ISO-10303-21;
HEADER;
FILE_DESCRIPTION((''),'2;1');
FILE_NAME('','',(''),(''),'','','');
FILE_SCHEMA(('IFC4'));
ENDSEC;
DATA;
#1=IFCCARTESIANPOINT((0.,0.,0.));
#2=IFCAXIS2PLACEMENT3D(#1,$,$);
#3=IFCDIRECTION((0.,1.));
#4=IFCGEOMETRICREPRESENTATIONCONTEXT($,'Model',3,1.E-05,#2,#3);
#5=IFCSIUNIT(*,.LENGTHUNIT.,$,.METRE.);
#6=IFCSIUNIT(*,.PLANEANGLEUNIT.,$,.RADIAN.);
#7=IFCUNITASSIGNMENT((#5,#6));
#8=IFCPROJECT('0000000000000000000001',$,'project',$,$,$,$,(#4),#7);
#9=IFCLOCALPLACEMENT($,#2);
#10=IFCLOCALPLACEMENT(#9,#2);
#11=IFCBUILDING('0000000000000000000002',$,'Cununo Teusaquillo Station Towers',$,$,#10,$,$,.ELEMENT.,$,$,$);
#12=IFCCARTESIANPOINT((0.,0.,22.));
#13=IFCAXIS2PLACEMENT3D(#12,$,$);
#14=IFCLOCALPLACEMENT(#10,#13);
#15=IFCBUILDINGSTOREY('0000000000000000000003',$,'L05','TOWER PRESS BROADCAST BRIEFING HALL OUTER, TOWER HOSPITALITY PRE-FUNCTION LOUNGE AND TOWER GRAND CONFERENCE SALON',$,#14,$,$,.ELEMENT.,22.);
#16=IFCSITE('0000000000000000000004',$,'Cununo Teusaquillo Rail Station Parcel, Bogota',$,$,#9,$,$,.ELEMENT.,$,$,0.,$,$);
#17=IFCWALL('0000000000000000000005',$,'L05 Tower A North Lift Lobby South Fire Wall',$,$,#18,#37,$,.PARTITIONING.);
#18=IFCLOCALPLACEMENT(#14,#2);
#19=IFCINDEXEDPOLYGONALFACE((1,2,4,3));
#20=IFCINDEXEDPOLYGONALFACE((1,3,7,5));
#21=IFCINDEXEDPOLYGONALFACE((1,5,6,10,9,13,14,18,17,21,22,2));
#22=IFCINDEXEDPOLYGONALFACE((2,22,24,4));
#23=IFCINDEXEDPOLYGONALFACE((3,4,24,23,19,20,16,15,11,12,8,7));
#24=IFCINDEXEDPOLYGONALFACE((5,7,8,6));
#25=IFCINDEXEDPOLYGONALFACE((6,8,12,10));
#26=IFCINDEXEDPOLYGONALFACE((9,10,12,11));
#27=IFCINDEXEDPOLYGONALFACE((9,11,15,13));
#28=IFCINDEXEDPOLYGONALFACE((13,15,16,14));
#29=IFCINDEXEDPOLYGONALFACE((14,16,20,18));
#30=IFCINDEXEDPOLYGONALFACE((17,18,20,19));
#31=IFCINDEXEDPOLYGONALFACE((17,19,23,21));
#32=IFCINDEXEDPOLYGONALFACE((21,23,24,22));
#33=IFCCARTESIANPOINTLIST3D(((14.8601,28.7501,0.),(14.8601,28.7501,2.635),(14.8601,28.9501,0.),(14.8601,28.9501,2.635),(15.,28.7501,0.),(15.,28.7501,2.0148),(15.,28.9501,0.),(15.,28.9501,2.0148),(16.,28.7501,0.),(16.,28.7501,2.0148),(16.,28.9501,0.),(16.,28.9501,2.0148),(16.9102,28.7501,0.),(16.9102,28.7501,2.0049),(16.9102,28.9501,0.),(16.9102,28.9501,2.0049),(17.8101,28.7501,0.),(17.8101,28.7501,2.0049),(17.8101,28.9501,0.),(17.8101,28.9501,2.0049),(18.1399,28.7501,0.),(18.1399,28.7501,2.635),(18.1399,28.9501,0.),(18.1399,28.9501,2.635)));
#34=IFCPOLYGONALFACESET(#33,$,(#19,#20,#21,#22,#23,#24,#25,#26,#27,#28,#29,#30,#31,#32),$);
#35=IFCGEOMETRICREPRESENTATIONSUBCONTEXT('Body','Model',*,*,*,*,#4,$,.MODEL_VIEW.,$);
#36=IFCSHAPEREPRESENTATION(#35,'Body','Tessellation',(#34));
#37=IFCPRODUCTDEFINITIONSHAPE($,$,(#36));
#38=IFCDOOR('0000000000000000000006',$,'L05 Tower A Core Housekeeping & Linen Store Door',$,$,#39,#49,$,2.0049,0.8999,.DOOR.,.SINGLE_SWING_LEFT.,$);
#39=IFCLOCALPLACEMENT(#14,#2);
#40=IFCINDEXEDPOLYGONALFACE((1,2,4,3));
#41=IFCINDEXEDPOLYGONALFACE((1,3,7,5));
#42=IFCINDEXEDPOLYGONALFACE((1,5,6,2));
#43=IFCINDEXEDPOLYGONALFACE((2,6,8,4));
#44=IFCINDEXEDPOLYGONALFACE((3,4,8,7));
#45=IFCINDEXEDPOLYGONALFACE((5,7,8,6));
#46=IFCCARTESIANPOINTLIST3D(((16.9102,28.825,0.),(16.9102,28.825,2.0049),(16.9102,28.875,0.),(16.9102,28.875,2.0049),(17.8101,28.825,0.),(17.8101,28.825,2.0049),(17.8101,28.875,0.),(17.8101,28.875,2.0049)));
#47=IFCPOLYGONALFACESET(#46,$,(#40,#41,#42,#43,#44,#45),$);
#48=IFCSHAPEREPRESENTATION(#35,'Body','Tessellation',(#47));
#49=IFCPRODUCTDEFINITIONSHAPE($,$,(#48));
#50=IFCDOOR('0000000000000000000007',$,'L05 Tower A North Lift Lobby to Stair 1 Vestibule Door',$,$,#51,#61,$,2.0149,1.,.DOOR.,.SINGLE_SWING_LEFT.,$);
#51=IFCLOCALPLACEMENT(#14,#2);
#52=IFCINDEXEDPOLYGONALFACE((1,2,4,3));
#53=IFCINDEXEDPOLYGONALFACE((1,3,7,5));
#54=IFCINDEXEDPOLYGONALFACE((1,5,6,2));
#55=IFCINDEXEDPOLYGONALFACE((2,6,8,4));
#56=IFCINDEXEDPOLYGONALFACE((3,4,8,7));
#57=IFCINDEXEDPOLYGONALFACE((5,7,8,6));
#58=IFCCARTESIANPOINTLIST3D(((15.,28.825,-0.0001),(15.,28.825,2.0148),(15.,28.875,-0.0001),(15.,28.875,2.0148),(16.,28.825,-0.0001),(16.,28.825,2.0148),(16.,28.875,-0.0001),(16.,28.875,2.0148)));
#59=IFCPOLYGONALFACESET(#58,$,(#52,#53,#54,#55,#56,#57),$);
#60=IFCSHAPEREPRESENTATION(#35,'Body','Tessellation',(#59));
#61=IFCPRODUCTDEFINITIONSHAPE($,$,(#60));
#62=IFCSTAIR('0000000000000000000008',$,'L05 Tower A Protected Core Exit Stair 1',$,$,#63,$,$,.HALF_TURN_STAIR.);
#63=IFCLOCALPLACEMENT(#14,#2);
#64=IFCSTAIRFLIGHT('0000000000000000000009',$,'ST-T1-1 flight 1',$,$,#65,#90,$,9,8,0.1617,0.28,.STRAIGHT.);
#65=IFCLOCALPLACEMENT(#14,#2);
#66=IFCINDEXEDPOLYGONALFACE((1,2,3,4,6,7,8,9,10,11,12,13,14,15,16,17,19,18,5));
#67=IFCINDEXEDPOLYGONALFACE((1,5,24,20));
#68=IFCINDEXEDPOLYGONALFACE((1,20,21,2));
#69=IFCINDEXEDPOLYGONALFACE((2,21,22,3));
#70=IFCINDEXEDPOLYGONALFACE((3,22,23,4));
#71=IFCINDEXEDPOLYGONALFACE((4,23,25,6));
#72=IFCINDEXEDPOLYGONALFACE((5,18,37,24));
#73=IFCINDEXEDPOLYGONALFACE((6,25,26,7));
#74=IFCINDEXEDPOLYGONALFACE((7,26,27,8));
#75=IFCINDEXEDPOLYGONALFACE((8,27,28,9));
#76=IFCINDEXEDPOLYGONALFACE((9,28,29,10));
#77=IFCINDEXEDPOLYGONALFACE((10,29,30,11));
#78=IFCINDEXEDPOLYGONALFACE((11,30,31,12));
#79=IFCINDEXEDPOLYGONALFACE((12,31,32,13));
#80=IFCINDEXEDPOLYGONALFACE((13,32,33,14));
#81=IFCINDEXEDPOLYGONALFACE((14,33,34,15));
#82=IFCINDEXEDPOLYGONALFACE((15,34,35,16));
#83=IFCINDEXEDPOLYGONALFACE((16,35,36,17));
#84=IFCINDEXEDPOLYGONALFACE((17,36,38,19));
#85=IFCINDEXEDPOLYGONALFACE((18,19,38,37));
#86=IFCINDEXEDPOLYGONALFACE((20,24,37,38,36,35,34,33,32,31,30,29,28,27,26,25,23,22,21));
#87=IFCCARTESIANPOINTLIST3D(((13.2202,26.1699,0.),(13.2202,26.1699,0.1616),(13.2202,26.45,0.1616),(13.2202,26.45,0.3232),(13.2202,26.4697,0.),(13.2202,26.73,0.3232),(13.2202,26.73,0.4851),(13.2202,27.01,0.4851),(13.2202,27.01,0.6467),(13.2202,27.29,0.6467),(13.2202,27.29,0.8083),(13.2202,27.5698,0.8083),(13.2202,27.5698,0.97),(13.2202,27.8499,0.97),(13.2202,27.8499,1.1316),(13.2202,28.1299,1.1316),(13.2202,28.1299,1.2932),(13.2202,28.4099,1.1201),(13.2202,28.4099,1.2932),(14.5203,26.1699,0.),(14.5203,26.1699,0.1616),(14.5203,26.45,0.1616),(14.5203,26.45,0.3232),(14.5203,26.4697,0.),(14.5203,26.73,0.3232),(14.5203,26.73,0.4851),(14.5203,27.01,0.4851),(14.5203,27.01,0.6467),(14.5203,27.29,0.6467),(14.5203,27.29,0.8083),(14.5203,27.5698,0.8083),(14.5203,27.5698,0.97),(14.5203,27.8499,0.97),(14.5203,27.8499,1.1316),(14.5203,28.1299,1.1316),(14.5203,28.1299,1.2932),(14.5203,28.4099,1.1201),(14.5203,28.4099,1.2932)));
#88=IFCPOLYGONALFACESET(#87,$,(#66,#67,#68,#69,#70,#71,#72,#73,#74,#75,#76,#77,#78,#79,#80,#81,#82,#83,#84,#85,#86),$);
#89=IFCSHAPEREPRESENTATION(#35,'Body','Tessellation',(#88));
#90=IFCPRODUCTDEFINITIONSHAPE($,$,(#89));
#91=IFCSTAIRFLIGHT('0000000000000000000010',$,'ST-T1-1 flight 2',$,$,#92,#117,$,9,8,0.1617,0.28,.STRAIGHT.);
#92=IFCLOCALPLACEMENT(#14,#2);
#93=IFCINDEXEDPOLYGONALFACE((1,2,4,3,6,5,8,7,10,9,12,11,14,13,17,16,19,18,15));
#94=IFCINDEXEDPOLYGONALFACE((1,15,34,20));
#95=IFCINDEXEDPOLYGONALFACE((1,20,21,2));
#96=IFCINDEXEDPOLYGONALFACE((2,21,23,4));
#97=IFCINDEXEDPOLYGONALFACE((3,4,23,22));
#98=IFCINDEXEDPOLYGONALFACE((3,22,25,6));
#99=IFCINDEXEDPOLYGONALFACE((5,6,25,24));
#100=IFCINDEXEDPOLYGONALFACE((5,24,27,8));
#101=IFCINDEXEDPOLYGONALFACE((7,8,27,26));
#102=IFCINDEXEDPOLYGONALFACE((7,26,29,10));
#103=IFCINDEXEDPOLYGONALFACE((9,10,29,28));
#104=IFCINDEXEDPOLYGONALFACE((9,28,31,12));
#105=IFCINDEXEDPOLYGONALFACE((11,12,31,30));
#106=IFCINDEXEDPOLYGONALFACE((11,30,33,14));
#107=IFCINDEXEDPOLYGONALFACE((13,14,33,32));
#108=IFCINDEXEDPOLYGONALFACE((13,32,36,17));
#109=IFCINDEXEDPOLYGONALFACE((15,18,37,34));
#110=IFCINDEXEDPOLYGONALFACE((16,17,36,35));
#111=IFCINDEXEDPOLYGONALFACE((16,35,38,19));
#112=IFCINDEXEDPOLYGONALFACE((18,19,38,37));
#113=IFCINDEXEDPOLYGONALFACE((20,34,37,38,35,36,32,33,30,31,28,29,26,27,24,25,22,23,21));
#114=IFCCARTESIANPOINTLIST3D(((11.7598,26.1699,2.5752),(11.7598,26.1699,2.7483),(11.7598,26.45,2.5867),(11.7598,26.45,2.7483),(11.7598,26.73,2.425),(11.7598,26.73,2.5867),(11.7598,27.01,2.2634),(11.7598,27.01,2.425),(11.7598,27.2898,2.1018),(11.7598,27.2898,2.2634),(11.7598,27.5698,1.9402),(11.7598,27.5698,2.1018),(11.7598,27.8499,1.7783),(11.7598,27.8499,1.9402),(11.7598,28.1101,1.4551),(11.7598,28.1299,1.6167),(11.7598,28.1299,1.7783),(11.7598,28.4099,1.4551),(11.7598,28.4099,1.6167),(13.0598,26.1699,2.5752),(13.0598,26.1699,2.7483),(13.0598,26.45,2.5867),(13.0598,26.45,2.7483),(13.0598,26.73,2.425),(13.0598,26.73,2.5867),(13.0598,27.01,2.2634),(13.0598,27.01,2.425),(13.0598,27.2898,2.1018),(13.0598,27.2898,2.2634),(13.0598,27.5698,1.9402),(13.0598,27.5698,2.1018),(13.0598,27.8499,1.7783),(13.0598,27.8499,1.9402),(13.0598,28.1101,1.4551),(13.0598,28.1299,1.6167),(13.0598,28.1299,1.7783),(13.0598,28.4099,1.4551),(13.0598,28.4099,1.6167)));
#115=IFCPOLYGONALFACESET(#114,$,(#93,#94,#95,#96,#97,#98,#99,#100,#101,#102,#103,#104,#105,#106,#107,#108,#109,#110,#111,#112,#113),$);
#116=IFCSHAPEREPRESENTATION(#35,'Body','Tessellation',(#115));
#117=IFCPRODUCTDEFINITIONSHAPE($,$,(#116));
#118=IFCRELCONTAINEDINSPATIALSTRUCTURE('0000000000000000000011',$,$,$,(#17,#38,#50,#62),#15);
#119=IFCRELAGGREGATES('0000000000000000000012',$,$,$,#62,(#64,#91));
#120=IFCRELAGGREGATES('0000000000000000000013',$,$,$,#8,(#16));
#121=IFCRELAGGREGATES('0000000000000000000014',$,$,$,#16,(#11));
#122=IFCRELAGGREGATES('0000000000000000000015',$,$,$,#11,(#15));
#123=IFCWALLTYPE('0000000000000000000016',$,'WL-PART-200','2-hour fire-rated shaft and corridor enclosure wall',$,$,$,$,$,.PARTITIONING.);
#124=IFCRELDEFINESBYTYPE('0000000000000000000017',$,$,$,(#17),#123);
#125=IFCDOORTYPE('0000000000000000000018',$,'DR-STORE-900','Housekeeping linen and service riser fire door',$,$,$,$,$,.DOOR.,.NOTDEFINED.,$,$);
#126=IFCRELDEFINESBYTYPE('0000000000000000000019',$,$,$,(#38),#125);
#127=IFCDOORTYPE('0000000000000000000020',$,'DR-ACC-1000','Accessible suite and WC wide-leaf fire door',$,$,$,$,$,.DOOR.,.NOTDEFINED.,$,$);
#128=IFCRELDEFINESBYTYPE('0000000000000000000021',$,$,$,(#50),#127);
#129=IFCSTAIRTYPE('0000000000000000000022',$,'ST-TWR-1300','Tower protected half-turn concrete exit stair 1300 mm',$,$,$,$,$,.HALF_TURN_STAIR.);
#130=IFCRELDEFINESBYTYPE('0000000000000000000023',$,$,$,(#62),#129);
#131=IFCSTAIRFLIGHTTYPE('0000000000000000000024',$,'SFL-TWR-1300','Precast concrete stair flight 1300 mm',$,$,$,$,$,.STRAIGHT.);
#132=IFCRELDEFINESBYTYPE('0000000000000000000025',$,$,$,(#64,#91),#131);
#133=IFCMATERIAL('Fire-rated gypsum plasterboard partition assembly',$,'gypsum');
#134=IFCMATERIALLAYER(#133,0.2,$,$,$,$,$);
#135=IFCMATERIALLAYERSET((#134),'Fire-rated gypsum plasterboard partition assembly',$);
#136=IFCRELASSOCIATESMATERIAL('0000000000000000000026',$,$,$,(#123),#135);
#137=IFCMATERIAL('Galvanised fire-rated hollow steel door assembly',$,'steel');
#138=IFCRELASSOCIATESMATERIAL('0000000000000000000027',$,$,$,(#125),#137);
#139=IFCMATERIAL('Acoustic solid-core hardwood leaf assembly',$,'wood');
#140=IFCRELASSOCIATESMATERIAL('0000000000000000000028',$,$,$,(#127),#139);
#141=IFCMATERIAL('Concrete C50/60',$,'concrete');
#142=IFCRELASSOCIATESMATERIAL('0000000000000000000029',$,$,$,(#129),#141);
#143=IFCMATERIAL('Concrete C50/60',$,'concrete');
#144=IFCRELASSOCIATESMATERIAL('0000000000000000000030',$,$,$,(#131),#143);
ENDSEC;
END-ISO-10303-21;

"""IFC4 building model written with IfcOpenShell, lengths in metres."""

from ifc_helpers import new_model, si_unit, direction, frame, frame_2d, origin, place, context, subcontext, project, spatial, polyline, rectangle, outline, extrude, source, transform, mapped, material, layer, layer_set, type_object, element, fill, aggregate, save


model = new_model("IFC4")

# Units and contexts
model_context = context("Model", 3, precision=1e-05, world=origin(), true_north=direction((0.0, 1.0)))
body_context = subcontext(model_context, "Body", "Model", "MODEL_VIEW")
ifc_project = project(units=[si_unit("LENGTHUNIT", "METRE"), si_unit("PLANEANGLEUNIT", "RADIAN")], contexts=[model_context])

# Site, building, storey
site_placement = place(None, origin())
site = spatial("IfcSite", under=ifc_project, at=site_placement, Name="Cununo Teusaquillo Rail Station Parcel, Bogota", CompositionType="ELEMENT", RefElevation=0.0)
building_placement = place(site_placement, origin())
building = spatial("IfcBuilding", under=site, at=building_placement, Name="Cununo Teusaquillo Station Towers", CompositionType="ELEMENT")
storey_placement = place(building_placement, frame((0.0, 0.0, 22.0)))
storey = spatial("IfcBuildingStorey", under=building, at=storey_placement, Name="L05", Description="TOWER PRESS BROADCAST BRIEFING HALL OUTER, TOWER HOSPITALITY PRE-FUNCTION LOUNGE AND TOWER GRAND CONFERENCE SALON", CompositionType="ELEMENT", Elevation=22.0)

# Shared definitions
shared_shape_1 = source(origin(), body_context, "Body", "SweptSolid", [
    extrude(rectangle(XDim=0.8999, YDim=2.0049, at=frame_2d((0.45, 1.0024))), frame((0.0, 0.0249, 0.0), z_axis=(0.0, -1.0, 0.0), x_axis=(1.0, 0.0, 0.0)), (0.0, 0.0, 1.0), 0.05),
])

# Shared definitions
ifc_material_1 = material(Name="Fire-rated gypsum plasterboard partition assembly", Category="gypsum")
ifc_layer_1 = layer(ifc_material_1, 0.2)
ifc_layer_set_1 = layer_set([ifc_layer_1], Name="Fire-rated gypsum plasterboard partition assembly")
wall_type_1 = type_object("IfcWallType", Name="WL-PART-200", Description="2-hour fire-rated shaft and corridor enclosure wall", PredefinedType="PARTITIONING", material=ifc_layer_set_1)
shared_shape_2 = source(origin(), body_context, "Body", "SweptSolid", [
    extrude(rectangle(XDim=0.8999, YDim=2.0049, at=frame_2d((0.45, 1.0024))), frame((0.0, 0.1099, 0.0), z_axis=(0.0, -1.0, 0.0), x_axis=(1.0, 0.0, 0.0)), (0.0, 0.0, 1.0), 0.22),
])
ifc_material_2 = material(Name="Galvanised fire-rated hollow steel door assembly", Category="steel")
door_type_1 = type_object("IfcDoorType", Name="DR-STORE-900", Description="Housekeeping linen and service riser fire door", OperationType="NOTDEFINED", PredefinedType="DOOR", material=ifc_material_2)

# Wall, openings, doors
wall_1_placement = place(storey_placement, frame((14.8601, 28.8501, 0.0), z_axis=(0.0, 0.0, 1.0), x_axis=(1.0, 0.0, 0.0)))
wall_1 = element("IfcWall", 1, at=wall_1_placement, inside=storey, type_object=wall_type_1, Name="L05 Tower A North Lift Lobby South Fire Wall", PredefinedType="PARTITIONING", context=body_context, shape_type="SweptSolid", body=[
    extrude(rectangle(XDim=3.2798, YDim=0.2, at=frame_2d((1.6399, 0.0))), origin(), (0.0, 0.0, 1.0), 2.635),
])
shared_shape_3 = source(origin(), body_context, "Body", "SweptSolid", [
    extrude(rectangle(XDim=1.0, YDim=2.0149, at=frame_2d((0.5, 1.0073))), frame((0.0, 0.1099, 0.0), z_axis=(0.0, -1.0, 0.0), x_axis=(1.0, 0.0, 0.0)), (0.0, 0.0, 1.0), 0.22),
])
opening_1_placement = place(wall_1_placement, frame((0.1399, 0.0, 0.0)))
opening_1 = element("IfcOpeningElement", 2, at=opening_1_placement, cuts=wall_1, PredefinedType="OPENING", context=body_context, shape_type="MappedRepresentation", body=[
    mapped(shared_shape_3, transform((0.0, 0.0, 0.0), x_axis=(1.0, 0.0, 0.0), y_axis=(0.0, 1.0, 0.0), z_axis=(0.0, 0.0, 1.0), scale=1.0)),
])
opening_2_placement = place(wall_1_placement, frame((2.05, 0.0, 0.0)))
opening_2 = element("IfcOpeningElement", 3, at=opening_2_placement, cuts=wall_1, PredefinedType="OPENING", context=body_context, shape_type="MappedRepresentation", body=[
    mapped(shared_shape_2, transform((0.0, 0.0, 0.0), x_axis=(1.0, 0.0, 0.0), y_axis=(0.0, 1.0, 0.0), z_axis=(0.0, 0.0, 1.0), scale=1.0)),
])
door_1_placement = place(opening_2_placement, origin())
door_1 = element("IfcDoor", 4, at=door_1_placement, inside=storey, type_object=door_type_1, Name="L05 Tower A Core Housekeeping & Linen Store Door", OperationType="SINGLE_SWING_LEFT", OverallHeight=2.0049, OverallWidth=0.8999, PredefinedType="DOOR", context=body_context, shape_type="MappedRepresentation", body=[
    mapped(shared_shape_1, transform((0.0, 0.0, 0.0), x_axis=(1.0, 0.0, 0.0), y_axis=(0.0, 1.0, 0.0), z_axis=(0.0, 0.0, 1.0), scale=1.0)),
])
fill(opening_2, door_1)
ifc_material_3 = material(Name="Acoustic solid-core hardwood leaf assembly", Category="wood")
door_type_2 = type_object("IfcDoorType", Name="DR-ACC-1000", Description="Accessible suite and WC wide-leaf fire door", OperationType="NOTDEFINED", PredefinedType="DOOR", material=ifc_material_3)
shared_shape_4 = source(origin(), body_context, "Body", "SweptSolid", [
    extrude(rectangle(XDim=1.0, YDim=2.0149, at=frame_2d((0.5, 1.0073))), frame((0.0, 0.0249, 0.0), z_axis=(0.0, -1.0, 0.0), x_axis=(1.0, 0.0, 0.0)), (0.0, 0.0, 1.0), 0.05),
])
door_2_placement = place(opening_1_placement, origin())
door_2 = element("IfcDoor", 5, at=door_2_placement, inside=storey, type_object=door_type_2, Name="L05 Tower A North Lift Lobby to Stair 1 Vestibule Door", OperationType="SINGLE_SWING_LEFT", OverallHeight=2.0149, OverallWidth=1.0, PredefinedType="DOOR", context=body_context, shape_type="MappedRepresentation", body=[
    mapped(shared_shape_4, transform((0.0, 0.0, 0.0), x_axis=(1.0, 0.0, 0.0), y_axis=(0.0, 1.0, 0.0), z_axis=(0.0, 0.0, 1.0), scale=1.0)),
])
fill(opening_1, door_2)

# Stair, stair flights
ifc_material_4 = material(Name="Concrete C50/60", Category="concrete")
stair_type = type_object("IfcStairType", Name="ST-TWR-1300", Description="Tower protected half-turn concrete exit stair 1300 mm", PredefinedType="HALF_TURN_STAIR", material=ifc_material_4)
stair_placement = place(storey_placement, origin())
stair = element("IfcStair", 6, at=stair_placement, inside=storey, type_object=stair_type, Name="L05 Tower A Protected Core Exit Stair 1", PredefinedType="HALF_TURN_STAIR")
ifc_material_5 = material(Name="Concrete C50/60", Category="concrete")
stair_flight_type = type_object("IfcStairFlightType", Name="SFL-TWR-1300", Description="Precast concrete stair flight 1300 mm", PredefinedType="STRAIGHT", material=ifc_material_5)
stair_flight_1_placement = place(storey_placement, frame((13.8701, 26.1699, 0.0), z_axis=(0.0, 0.0, 1.0), x_axis=(0.0, 1.0, 0.0)))
stair_flight_1 = element("IfcStairFlight", 7, at=stair_flight_1_placement, type_object=stair_flight_type, Name="ST-T1-1 flight 1", NumberOfRisers=9, NumberOfTreads=8, PredefinedType="STRAIGHT", RiserHeight=0.1617, TreadLength=0.28, context=body_context, shape_type="SweptSolid", body=[
    extrude(outline(polyline([(0.0, 0.0), (0.0, 0.1616), (0.28, 0.1616), (0.28, 0.3232), (0.5601, 0.3232), (0.5601, 0.4851), (0.8401, 0.4851), (0.8401, 0.6467), (1.1201, 0.6467), (1.1201, 0.8083), (1.3999, 0.8083), (1.3999, 0.97), (1.6799, 0.97), (1.6799, 1.1316), (1.96, 1.1316), (1.96, 1.2932), (2.24, 1.2932), (2.24, 1.4551), (2.24, 1.1201), (0.2998, 0.0), (0.0, 0.0)])), frame((0.0, 0.6499, 0.0), z_axis=(0.0, -1.0, 0.0), x_axis=(1.0, 0.0, 0.0)), (0.0, 0.0, 1.0), 1.3),
])
stair_flight_2_placement = place(storey_placement, frame((12.4099, 28.4099, 1.4551), z_axis=(0.0, 0.0, 1.0), x_axis=(0.0, -1.0, 0.0)))
stair_flight_2 = element("IfcStairFlight", 8, at=stair_flight_2_placement, type_object=stair_flight_type, Name="ST-T1-1 flight 2", NumberOfRisers=9, NumberOfTreads=8, PredefinedType="STRAIGHT", RiserHeight=0.1617, TreadLength=0.28, context=body_context, shape_type="SweptSolid", body=[
    extrude(outline(polyline([(0.0, 0.0), (0.0, 0.1616), (0.28, 0.1616), (0.28, 0.3232), (0.5601, 0.3232), (0.5601, 0.4851), (0.8401, 0.4851), (0.8401, 0.6467), (1.1201, 0.6467), (1.1201, 0.8083), (1.3999, 0.8083), (1.3999, 0.97), (1.6799, 0.97), (1.6799, 1.1316), (1.96, 1.1316), (1.96, 1.2932), (2.24, 1.2932), (2.24, 1.4551), (2.24, 1.1201), (0.2998, 0.0), (0.0, 0.0)])), frame((0.0, 0.6499, 0.0), z_axis=(0.0, -1.0, 0.0), x_axis=(1.0, 0.0, 0.0)), (0.0, 0.0, 1.0), 1.3),
])
aggregate(stair, [stair_flight_1, stair_flight_2])

save(model, "model.ifc")
